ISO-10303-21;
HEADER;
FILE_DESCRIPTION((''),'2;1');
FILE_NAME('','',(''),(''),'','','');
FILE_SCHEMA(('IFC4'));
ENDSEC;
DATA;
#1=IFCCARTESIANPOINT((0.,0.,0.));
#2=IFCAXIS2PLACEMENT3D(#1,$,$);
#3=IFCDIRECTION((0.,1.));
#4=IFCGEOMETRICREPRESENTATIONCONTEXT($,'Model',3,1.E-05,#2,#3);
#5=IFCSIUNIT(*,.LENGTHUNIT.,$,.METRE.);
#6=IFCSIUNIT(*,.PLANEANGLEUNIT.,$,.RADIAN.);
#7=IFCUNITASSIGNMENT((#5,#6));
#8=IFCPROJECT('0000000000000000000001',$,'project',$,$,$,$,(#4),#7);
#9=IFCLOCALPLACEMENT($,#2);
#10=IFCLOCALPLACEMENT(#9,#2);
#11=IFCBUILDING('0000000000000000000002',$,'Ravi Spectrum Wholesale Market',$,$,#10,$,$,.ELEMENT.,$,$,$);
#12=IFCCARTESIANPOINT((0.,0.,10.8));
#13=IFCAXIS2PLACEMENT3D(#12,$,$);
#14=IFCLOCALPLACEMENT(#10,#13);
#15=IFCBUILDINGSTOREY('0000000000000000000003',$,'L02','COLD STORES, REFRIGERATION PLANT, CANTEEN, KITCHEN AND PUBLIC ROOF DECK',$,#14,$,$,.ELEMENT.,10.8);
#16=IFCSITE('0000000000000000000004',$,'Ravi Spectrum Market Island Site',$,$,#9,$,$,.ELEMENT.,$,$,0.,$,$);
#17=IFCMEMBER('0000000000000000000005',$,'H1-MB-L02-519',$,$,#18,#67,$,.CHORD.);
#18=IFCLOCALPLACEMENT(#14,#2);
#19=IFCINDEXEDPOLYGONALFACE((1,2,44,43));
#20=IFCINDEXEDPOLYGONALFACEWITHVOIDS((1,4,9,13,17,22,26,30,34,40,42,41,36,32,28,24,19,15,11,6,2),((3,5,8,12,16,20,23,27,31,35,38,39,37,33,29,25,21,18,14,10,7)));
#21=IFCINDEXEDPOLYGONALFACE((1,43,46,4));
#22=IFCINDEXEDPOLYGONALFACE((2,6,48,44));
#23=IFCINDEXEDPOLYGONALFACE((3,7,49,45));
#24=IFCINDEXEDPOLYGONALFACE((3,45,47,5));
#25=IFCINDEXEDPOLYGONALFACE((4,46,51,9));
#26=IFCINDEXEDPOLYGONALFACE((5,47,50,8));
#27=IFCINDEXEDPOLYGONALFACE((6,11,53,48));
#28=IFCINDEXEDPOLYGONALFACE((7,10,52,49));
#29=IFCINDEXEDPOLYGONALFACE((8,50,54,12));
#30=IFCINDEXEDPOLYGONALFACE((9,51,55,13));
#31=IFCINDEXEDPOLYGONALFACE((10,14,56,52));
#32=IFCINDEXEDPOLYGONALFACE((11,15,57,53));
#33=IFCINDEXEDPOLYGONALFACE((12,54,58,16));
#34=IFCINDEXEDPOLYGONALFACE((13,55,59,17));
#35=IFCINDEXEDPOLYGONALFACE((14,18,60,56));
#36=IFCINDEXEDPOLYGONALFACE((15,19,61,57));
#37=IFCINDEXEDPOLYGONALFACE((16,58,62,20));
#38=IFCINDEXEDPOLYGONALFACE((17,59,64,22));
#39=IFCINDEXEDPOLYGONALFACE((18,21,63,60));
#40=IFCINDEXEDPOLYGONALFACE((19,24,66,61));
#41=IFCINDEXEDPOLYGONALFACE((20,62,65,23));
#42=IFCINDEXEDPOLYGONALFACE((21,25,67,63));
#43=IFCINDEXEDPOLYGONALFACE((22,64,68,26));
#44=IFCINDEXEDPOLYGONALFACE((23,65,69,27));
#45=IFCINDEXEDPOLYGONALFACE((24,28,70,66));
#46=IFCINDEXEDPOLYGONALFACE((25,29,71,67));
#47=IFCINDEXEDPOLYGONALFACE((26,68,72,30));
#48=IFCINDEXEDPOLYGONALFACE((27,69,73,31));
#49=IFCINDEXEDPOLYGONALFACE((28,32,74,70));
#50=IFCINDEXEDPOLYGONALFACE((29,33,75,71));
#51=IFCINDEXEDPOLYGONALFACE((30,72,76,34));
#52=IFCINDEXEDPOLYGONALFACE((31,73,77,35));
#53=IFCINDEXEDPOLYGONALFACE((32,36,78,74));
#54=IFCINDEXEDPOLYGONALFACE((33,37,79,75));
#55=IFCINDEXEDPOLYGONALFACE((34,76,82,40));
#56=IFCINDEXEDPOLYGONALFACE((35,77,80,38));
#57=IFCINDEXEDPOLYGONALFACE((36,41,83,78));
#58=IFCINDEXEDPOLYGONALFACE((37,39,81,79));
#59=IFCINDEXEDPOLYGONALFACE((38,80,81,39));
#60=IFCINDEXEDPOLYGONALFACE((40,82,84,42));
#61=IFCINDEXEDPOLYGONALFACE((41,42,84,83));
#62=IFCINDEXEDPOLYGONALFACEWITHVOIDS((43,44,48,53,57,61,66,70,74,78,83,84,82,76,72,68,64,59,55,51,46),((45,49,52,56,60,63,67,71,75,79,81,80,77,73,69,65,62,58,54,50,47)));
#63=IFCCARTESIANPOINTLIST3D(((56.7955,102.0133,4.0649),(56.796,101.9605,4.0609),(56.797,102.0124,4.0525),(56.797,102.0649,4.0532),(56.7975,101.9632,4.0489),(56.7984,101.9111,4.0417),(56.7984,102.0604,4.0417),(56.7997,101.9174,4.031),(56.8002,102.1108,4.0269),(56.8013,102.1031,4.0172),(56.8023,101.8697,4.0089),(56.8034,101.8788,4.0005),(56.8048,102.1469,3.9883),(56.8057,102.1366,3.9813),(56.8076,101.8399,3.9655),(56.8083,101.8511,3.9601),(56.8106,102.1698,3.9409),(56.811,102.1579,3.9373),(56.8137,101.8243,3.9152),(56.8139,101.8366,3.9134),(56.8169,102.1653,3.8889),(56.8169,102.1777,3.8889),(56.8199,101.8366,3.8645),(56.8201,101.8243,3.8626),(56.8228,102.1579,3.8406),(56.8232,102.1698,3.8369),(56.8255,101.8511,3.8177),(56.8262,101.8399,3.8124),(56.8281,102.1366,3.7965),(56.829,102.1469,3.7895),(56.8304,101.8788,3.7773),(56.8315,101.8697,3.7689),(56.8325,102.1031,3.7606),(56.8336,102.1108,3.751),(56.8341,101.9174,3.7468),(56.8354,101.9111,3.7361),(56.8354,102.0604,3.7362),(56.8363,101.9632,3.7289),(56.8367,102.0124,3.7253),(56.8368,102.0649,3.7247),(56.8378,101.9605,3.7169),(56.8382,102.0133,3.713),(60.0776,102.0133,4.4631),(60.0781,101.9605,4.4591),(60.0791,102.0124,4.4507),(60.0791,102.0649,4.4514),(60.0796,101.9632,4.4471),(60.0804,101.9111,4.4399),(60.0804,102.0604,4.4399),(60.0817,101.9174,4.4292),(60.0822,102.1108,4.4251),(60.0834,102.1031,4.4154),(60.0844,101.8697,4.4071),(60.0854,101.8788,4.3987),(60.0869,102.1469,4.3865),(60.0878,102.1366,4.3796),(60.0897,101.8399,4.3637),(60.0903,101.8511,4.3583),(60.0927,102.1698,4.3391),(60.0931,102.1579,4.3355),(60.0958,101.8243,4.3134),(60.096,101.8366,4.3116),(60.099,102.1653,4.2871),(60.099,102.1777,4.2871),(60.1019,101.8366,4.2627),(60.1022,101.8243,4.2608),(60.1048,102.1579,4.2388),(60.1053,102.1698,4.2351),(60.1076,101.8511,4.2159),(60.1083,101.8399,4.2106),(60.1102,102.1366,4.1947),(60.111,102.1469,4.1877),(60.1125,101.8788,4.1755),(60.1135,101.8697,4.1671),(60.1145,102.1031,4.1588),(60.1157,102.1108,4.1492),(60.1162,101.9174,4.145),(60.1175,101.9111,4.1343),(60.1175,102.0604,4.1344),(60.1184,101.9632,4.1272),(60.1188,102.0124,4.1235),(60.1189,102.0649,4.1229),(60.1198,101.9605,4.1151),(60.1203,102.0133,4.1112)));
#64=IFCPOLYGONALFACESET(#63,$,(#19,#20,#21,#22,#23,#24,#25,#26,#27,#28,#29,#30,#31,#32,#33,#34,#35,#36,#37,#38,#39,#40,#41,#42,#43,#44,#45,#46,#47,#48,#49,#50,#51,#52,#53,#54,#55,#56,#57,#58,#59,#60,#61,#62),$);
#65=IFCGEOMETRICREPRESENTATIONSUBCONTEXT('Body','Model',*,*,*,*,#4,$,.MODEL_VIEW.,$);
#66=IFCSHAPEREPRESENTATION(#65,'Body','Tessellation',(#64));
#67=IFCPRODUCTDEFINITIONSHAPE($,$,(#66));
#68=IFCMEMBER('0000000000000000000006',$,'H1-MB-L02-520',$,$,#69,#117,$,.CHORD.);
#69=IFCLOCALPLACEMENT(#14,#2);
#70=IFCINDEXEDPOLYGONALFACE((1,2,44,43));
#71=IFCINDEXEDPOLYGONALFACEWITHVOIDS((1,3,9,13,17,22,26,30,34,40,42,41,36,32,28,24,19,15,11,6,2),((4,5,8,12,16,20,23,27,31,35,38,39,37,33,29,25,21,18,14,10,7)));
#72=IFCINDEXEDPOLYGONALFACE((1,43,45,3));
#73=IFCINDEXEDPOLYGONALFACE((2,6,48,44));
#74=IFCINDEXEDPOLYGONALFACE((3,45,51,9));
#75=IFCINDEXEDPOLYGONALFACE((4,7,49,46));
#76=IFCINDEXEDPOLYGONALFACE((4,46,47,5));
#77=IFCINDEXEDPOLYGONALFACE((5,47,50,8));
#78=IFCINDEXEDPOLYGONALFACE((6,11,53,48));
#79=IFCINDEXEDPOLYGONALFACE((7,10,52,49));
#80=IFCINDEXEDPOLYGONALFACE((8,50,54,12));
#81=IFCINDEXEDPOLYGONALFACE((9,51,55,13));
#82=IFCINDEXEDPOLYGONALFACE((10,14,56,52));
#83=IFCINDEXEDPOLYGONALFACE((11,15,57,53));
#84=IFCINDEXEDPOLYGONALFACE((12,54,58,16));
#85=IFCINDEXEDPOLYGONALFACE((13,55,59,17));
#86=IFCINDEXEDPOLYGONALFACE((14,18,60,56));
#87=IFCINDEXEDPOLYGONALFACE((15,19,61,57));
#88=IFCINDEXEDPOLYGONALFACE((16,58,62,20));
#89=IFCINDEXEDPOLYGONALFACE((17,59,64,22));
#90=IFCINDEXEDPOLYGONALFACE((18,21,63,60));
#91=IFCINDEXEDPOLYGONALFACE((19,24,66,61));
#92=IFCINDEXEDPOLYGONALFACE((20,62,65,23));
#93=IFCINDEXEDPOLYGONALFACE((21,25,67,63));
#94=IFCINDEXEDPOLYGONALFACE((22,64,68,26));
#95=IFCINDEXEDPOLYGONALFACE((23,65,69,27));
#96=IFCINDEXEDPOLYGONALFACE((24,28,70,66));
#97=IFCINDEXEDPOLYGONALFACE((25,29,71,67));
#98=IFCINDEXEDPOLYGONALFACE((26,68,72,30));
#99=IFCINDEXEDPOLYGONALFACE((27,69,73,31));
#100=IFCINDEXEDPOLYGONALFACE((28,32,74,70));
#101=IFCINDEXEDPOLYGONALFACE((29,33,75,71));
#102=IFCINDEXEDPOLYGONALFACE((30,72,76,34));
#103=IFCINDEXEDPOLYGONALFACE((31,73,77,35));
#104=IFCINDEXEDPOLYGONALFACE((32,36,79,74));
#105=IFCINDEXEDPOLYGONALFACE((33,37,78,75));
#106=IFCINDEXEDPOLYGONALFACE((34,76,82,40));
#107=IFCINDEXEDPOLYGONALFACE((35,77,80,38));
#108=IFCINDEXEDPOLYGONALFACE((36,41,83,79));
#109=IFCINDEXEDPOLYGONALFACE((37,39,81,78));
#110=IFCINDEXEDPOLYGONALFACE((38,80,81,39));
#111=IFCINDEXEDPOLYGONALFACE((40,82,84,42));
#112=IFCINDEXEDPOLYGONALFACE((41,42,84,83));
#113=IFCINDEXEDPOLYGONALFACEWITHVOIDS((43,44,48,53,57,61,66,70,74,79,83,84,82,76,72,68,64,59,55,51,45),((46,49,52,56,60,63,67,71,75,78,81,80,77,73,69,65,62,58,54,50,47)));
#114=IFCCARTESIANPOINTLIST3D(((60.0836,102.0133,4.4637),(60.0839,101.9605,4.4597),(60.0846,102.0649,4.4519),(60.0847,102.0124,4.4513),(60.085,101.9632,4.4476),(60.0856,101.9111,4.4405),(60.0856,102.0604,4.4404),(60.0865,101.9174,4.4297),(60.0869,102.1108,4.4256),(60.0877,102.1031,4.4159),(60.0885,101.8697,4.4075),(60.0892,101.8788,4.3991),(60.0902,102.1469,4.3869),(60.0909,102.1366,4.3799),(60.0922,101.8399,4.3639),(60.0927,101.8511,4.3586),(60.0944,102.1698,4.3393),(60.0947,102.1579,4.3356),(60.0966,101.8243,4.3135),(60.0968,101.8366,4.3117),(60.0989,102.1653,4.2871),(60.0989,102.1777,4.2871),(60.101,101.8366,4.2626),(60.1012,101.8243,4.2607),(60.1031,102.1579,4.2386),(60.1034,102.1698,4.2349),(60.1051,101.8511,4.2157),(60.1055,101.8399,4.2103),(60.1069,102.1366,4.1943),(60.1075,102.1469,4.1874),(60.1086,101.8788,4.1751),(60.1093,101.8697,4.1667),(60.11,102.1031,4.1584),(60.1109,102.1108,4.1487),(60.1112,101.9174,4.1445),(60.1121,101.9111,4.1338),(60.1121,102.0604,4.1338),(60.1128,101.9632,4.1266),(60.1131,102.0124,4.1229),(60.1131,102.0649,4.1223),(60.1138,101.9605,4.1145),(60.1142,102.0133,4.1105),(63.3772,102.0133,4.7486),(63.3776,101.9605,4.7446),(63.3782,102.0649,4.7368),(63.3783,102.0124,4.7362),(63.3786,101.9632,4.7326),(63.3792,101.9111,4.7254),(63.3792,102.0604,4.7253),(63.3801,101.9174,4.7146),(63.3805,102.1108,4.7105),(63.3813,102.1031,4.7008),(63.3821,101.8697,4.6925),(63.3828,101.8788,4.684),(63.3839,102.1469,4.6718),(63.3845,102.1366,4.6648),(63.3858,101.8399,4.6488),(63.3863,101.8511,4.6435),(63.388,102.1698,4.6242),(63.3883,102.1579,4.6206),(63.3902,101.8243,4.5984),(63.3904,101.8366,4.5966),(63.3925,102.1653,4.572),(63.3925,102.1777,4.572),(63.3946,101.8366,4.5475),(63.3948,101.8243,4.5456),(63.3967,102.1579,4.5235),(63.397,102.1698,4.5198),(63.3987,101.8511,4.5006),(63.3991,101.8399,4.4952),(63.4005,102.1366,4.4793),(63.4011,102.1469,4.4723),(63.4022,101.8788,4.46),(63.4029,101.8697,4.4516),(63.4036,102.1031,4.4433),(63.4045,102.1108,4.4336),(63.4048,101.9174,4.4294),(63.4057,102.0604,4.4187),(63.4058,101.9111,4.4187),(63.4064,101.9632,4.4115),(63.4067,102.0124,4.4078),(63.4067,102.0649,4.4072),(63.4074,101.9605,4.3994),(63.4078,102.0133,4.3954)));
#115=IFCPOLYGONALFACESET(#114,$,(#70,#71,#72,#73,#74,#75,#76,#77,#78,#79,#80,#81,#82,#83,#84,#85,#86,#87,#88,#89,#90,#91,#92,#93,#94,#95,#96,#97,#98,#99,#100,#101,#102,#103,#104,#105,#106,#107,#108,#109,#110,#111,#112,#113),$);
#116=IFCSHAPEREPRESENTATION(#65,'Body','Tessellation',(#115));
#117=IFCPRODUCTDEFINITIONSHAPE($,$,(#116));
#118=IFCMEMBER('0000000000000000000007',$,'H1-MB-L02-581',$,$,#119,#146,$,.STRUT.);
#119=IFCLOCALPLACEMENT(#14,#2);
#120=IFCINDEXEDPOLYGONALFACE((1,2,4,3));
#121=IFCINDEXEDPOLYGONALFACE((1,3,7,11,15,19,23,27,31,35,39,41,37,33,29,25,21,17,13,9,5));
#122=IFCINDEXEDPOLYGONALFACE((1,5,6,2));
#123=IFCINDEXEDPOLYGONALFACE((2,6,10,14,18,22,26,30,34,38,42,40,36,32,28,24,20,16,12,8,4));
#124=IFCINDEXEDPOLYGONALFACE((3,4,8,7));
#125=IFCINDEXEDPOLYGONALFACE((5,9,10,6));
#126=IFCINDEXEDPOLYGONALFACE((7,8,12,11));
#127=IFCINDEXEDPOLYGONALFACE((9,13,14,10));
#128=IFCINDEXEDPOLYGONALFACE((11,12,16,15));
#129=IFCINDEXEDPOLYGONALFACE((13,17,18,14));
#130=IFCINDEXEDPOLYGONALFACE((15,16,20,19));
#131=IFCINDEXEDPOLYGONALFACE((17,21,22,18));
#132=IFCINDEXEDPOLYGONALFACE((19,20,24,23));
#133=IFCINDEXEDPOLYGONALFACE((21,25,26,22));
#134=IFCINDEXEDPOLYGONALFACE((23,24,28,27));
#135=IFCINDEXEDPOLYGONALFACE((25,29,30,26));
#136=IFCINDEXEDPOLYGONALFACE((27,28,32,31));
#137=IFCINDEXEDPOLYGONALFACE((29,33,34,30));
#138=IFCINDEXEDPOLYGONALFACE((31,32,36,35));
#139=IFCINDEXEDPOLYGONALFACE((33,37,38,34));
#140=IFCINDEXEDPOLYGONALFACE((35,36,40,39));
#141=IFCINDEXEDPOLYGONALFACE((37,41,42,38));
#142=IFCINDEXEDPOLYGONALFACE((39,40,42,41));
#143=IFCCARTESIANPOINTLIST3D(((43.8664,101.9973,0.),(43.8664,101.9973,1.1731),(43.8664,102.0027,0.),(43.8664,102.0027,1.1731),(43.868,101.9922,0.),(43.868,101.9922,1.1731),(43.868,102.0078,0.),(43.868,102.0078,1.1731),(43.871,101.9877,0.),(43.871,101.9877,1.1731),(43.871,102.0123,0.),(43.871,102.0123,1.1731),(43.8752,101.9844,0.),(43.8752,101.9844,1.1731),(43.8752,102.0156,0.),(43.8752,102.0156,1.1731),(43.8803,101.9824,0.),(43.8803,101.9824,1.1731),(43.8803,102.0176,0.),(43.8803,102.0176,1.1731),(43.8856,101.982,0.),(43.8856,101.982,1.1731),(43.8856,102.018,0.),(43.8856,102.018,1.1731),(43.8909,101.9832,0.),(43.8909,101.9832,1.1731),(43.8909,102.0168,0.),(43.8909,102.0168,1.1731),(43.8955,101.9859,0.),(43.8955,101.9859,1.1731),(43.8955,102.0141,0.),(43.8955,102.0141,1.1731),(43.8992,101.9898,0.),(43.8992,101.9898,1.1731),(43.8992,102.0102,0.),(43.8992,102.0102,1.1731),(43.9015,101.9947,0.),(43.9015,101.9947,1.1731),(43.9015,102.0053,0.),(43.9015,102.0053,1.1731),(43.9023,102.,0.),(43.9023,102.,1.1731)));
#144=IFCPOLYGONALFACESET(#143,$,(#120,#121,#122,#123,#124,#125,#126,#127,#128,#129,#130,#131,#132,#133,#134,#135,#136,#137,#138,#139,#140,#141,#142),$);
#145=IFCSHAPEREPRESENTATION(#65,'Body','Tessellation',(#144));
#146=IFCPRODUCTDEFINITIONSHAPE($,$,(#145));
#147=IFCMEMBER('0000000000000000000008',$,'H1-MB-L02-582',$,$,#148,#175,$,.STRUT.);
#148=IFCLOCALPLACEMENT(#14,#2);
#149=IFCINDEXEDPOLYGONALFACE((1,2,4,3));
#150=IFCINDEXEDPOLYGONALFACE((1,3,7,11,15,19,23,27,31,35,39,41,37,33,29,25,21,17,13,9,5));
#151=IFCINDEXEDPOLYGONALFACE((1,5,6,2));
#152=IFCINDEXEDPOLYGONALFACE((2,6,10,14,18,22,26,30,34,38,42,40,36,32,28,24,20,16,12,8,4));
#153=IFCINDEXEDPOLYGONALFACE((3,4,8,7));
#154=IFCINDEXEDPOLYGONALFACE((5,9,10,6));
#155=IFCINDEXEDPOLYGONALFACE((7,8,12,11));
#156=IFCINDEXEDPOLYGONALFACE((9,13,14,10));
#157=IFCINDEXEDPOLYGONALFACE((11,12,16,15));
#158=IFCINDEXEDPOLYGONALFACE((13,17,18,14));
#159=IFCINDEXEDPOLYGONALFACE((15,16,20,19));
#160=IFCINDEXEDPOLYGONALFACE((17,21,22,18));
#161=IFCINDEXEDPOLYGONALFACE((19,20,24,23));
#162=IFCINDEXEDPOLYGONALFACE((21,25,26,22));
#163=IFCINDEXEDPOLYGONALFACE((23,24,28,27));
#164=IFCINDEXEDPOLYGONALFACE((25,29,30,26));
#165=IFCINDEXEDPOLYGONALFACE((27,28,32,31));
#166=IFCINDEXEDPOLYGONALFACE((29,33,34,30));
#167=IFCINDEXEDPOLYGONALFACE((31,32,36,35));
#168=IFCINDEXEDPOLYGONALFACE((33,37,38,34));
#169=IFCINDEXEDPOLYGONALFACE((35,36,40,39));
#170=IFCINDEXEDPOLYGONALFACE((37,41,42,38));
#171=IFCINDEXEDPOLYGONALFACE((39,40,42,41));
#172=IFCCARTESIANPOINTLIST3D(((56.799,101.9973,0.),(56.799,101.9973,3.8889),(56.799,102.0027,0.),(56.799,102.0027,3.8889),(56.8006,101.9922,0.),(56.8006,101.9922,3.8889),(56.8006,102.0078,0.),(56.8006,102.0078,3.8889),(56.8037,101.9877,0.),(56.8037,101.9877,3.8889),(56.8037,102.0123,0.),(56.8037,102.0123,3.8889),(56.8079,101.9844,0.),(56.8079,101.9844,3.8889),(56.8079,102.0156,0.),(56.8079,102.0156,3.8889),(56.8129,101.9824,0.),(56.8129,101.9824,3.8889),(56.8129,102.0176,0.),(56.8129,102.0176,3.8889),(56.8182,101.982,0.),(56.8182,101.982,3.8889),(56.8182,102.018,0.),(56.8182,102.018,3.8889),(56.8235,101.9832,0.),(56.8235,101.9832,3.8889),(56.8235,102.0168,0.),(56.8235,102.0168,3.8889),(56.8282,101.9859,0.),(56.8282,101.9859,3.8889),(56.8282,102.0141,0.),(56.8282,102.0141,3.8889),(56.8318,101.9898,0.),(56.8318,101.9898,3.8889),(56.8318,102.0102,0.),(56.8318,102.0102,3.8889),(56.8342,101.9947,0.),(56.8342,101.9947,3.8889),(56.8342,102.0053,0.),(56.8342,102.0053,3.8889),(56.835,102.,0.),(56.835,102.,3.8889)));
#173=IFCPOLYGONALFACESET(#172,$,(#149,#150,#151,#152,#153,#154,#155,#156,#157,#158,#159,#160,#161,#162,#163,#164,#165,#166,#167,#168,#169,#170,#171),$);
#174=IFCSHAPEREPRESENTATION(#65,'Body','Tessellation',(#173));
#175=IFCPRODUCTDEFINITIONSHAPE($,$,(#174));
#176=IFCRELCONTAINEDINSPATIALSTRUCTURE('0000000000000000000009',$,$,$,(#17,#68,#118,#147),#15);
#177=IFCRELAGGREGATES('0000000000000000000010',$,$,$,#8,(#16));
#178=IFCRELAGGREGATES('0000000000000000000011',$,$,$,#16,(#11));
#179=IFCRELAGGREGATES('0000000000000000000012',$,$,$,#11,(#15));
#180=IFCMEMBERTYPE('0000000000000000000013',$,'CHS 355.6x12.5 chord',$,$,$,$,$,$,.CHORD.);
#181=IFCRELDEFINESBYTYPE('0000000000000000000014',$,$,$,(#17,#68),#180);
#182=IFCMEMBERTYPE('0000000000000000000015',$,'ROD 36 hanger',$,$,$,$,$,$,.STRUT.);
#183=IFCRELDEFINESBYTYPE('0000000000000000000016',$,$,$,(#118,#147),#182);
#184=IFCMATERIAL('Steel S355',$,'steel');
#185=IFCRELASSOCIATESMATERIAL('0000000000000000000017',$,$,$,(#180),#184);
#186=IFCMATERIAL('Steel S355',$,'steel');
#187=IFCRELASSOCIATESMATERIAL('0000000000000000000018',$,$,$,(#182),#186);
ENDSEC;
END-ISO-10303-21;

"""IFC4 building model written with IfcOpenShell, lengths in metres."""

from ifc_helpers import new_model, si_unit, direction, frame, origin, origin_2d, place, context, subcontext, project, spatial, circle, hollow_circle, extrude, material, material_profile, profile_set, type_object, element, save


model = new_model("IFC4")

# Units and contexts
model_context = context("Model", 3, precision=1e-05, world=origin(), true_north=direction((0.0, 1.0)))
body_context = subcontext(model_context, "Body", "Model", "MODEL_VIEW")
ifc_project = project(units=[si_unit("LENGTHUNIT", "METRE"), si_unit("PLANEANGLEUNIT", "RADIAN")], contexts=[model_context])

# Site, building, storey
site_placement = place(None, origin())
site = spatial("IfcSite", under=ifc_project, at=site_placement, Name="Ravi Spectrum Market Island Site", CompositionType="ELEMENT", RefElevation=0.0)
building_placement = place(site_placement, origin())
building = spatial("IfcBuilding", under=site, at=building_placement, Name="Ravi Spectrum Wholesale Market", CompositionType="ELEMENT")
storey_placement = place(building_placement, frame((0.0, 0.0, 10.8)))
storey = spatial("IfcBuildingStorey", under=building, at=storey_placement, Name="L02", Description="COLD STORES, REFRIGERATION PLANT, CANTEEN, KITCHEN AND PUBLIC ROOF DECK", CompositionType="ELEMENT", Elevation=10.8)

# Members
ifc_material_1 = material(Name="Steel S355", Category="steel")
ifc_material_profile_1 = material_profile(ifc_material_1, hollow_circle(Radius=0.1777, WallThickness=0.0125, at=origin_2d()))
ifc_profile_set_1 = profile_set([ifc_material_profile_1], Name="Steel S355")
member_type_1 = type_object("IfcMemberType", Name="CHS 355.6x12.5 chord", PredefinedType="CHORD", material=ifc_profile_set_1)
member_1_placement = place(storey_placement, frame((56.8169, 102.0, 3.8889), z_axis=(0.99272, 0.0, 0.120444), x_axis=(0.0, 1.0, 0.0)))
element("IfcMember", 1, at=member_1_placement, inside=storey, type_object=member_type_1, Name="H1-MB-L02-519", PredefinedType="CHORD", context=body_context, shape_type="SweptSolid", body=[
    extrude(hollow_circle(Radius=0.1777, WallThickness=0.0125, at=origin_2d()), origin(), (0.0, 0.0, 1.0), 3.3062),
])
member_2_placement = place(storey_placement, frame((60.0989, 102.0, 4.2871), z_axis=(0.99628, 0.0, 0.08618), x_axis=(0.0, 1.0, 0.0)))
element("IfcMember", 2, at=member_2_placement, inside=storey, type_object=member_type_1, Name="H1-MB-L02-520", PredefinedType="CHORD", context=body_context, shape_type="SweptSolid", body=[
    extrude(hollow_circle(Radius=0.1777, WallThickness=0.0125, at=origin_2d()), origin(), (0.0, 0.0, 1.0), 3.3059),
])
ifc_material_2 = material(Name="Steel S355", Category="steel")
ifc_material_profile_2 = material_profile(ifc_material_2, circle(Radius=0.0181, at=origin_2d()))
ifc_profile_set_2 = profile_set([ifc_material_profile_2], Name="Steel S355")
member_type_2 = type_object("IfcMemberType", Name="ROD 36 hanger", PredefinedType="STRUT", material=ifc_profile_set_2)
member_3_placement = place(storey_placement, frame((43.8843, 102.0, 0.0), z_axis=(0.0, 0.0, 1.0), x_axis=(1.0, 0.0, 0.0)))
element("IfcMember", 3, at=member_3_placement, inside=storey, type_object=member_type_2, Name="H1-MB-L02-581", PredefinedType="STRUT", context=body_context, shape_type="SweptSolid", body=[
    extrude(circle(Radius=0.0181, at=origin_2d()), origin(), (0.0, 0.0, 1.0), 1.1731),
])
member_4_placement = place(storey_placement, frame((56.8169, 102.0, 0.0), z_axis=(0.0, 0.0, 1.0), x_axis=(1.0, 0.0, 0.0)))
element("IfcMember", 4, at=member_4_placement, inside=storey, type_object=member_type_2, Name="H1-MB-L02-582", PredefinedType="STRUT", context=body_context, shape_type="SweptSolid", body=[
    extrude(circle(Radius=0.0181, at=origin_2d()), origin(), (0.0, 0.0, 1.0), 3.8889),
])

save(model, "model.ifc")
